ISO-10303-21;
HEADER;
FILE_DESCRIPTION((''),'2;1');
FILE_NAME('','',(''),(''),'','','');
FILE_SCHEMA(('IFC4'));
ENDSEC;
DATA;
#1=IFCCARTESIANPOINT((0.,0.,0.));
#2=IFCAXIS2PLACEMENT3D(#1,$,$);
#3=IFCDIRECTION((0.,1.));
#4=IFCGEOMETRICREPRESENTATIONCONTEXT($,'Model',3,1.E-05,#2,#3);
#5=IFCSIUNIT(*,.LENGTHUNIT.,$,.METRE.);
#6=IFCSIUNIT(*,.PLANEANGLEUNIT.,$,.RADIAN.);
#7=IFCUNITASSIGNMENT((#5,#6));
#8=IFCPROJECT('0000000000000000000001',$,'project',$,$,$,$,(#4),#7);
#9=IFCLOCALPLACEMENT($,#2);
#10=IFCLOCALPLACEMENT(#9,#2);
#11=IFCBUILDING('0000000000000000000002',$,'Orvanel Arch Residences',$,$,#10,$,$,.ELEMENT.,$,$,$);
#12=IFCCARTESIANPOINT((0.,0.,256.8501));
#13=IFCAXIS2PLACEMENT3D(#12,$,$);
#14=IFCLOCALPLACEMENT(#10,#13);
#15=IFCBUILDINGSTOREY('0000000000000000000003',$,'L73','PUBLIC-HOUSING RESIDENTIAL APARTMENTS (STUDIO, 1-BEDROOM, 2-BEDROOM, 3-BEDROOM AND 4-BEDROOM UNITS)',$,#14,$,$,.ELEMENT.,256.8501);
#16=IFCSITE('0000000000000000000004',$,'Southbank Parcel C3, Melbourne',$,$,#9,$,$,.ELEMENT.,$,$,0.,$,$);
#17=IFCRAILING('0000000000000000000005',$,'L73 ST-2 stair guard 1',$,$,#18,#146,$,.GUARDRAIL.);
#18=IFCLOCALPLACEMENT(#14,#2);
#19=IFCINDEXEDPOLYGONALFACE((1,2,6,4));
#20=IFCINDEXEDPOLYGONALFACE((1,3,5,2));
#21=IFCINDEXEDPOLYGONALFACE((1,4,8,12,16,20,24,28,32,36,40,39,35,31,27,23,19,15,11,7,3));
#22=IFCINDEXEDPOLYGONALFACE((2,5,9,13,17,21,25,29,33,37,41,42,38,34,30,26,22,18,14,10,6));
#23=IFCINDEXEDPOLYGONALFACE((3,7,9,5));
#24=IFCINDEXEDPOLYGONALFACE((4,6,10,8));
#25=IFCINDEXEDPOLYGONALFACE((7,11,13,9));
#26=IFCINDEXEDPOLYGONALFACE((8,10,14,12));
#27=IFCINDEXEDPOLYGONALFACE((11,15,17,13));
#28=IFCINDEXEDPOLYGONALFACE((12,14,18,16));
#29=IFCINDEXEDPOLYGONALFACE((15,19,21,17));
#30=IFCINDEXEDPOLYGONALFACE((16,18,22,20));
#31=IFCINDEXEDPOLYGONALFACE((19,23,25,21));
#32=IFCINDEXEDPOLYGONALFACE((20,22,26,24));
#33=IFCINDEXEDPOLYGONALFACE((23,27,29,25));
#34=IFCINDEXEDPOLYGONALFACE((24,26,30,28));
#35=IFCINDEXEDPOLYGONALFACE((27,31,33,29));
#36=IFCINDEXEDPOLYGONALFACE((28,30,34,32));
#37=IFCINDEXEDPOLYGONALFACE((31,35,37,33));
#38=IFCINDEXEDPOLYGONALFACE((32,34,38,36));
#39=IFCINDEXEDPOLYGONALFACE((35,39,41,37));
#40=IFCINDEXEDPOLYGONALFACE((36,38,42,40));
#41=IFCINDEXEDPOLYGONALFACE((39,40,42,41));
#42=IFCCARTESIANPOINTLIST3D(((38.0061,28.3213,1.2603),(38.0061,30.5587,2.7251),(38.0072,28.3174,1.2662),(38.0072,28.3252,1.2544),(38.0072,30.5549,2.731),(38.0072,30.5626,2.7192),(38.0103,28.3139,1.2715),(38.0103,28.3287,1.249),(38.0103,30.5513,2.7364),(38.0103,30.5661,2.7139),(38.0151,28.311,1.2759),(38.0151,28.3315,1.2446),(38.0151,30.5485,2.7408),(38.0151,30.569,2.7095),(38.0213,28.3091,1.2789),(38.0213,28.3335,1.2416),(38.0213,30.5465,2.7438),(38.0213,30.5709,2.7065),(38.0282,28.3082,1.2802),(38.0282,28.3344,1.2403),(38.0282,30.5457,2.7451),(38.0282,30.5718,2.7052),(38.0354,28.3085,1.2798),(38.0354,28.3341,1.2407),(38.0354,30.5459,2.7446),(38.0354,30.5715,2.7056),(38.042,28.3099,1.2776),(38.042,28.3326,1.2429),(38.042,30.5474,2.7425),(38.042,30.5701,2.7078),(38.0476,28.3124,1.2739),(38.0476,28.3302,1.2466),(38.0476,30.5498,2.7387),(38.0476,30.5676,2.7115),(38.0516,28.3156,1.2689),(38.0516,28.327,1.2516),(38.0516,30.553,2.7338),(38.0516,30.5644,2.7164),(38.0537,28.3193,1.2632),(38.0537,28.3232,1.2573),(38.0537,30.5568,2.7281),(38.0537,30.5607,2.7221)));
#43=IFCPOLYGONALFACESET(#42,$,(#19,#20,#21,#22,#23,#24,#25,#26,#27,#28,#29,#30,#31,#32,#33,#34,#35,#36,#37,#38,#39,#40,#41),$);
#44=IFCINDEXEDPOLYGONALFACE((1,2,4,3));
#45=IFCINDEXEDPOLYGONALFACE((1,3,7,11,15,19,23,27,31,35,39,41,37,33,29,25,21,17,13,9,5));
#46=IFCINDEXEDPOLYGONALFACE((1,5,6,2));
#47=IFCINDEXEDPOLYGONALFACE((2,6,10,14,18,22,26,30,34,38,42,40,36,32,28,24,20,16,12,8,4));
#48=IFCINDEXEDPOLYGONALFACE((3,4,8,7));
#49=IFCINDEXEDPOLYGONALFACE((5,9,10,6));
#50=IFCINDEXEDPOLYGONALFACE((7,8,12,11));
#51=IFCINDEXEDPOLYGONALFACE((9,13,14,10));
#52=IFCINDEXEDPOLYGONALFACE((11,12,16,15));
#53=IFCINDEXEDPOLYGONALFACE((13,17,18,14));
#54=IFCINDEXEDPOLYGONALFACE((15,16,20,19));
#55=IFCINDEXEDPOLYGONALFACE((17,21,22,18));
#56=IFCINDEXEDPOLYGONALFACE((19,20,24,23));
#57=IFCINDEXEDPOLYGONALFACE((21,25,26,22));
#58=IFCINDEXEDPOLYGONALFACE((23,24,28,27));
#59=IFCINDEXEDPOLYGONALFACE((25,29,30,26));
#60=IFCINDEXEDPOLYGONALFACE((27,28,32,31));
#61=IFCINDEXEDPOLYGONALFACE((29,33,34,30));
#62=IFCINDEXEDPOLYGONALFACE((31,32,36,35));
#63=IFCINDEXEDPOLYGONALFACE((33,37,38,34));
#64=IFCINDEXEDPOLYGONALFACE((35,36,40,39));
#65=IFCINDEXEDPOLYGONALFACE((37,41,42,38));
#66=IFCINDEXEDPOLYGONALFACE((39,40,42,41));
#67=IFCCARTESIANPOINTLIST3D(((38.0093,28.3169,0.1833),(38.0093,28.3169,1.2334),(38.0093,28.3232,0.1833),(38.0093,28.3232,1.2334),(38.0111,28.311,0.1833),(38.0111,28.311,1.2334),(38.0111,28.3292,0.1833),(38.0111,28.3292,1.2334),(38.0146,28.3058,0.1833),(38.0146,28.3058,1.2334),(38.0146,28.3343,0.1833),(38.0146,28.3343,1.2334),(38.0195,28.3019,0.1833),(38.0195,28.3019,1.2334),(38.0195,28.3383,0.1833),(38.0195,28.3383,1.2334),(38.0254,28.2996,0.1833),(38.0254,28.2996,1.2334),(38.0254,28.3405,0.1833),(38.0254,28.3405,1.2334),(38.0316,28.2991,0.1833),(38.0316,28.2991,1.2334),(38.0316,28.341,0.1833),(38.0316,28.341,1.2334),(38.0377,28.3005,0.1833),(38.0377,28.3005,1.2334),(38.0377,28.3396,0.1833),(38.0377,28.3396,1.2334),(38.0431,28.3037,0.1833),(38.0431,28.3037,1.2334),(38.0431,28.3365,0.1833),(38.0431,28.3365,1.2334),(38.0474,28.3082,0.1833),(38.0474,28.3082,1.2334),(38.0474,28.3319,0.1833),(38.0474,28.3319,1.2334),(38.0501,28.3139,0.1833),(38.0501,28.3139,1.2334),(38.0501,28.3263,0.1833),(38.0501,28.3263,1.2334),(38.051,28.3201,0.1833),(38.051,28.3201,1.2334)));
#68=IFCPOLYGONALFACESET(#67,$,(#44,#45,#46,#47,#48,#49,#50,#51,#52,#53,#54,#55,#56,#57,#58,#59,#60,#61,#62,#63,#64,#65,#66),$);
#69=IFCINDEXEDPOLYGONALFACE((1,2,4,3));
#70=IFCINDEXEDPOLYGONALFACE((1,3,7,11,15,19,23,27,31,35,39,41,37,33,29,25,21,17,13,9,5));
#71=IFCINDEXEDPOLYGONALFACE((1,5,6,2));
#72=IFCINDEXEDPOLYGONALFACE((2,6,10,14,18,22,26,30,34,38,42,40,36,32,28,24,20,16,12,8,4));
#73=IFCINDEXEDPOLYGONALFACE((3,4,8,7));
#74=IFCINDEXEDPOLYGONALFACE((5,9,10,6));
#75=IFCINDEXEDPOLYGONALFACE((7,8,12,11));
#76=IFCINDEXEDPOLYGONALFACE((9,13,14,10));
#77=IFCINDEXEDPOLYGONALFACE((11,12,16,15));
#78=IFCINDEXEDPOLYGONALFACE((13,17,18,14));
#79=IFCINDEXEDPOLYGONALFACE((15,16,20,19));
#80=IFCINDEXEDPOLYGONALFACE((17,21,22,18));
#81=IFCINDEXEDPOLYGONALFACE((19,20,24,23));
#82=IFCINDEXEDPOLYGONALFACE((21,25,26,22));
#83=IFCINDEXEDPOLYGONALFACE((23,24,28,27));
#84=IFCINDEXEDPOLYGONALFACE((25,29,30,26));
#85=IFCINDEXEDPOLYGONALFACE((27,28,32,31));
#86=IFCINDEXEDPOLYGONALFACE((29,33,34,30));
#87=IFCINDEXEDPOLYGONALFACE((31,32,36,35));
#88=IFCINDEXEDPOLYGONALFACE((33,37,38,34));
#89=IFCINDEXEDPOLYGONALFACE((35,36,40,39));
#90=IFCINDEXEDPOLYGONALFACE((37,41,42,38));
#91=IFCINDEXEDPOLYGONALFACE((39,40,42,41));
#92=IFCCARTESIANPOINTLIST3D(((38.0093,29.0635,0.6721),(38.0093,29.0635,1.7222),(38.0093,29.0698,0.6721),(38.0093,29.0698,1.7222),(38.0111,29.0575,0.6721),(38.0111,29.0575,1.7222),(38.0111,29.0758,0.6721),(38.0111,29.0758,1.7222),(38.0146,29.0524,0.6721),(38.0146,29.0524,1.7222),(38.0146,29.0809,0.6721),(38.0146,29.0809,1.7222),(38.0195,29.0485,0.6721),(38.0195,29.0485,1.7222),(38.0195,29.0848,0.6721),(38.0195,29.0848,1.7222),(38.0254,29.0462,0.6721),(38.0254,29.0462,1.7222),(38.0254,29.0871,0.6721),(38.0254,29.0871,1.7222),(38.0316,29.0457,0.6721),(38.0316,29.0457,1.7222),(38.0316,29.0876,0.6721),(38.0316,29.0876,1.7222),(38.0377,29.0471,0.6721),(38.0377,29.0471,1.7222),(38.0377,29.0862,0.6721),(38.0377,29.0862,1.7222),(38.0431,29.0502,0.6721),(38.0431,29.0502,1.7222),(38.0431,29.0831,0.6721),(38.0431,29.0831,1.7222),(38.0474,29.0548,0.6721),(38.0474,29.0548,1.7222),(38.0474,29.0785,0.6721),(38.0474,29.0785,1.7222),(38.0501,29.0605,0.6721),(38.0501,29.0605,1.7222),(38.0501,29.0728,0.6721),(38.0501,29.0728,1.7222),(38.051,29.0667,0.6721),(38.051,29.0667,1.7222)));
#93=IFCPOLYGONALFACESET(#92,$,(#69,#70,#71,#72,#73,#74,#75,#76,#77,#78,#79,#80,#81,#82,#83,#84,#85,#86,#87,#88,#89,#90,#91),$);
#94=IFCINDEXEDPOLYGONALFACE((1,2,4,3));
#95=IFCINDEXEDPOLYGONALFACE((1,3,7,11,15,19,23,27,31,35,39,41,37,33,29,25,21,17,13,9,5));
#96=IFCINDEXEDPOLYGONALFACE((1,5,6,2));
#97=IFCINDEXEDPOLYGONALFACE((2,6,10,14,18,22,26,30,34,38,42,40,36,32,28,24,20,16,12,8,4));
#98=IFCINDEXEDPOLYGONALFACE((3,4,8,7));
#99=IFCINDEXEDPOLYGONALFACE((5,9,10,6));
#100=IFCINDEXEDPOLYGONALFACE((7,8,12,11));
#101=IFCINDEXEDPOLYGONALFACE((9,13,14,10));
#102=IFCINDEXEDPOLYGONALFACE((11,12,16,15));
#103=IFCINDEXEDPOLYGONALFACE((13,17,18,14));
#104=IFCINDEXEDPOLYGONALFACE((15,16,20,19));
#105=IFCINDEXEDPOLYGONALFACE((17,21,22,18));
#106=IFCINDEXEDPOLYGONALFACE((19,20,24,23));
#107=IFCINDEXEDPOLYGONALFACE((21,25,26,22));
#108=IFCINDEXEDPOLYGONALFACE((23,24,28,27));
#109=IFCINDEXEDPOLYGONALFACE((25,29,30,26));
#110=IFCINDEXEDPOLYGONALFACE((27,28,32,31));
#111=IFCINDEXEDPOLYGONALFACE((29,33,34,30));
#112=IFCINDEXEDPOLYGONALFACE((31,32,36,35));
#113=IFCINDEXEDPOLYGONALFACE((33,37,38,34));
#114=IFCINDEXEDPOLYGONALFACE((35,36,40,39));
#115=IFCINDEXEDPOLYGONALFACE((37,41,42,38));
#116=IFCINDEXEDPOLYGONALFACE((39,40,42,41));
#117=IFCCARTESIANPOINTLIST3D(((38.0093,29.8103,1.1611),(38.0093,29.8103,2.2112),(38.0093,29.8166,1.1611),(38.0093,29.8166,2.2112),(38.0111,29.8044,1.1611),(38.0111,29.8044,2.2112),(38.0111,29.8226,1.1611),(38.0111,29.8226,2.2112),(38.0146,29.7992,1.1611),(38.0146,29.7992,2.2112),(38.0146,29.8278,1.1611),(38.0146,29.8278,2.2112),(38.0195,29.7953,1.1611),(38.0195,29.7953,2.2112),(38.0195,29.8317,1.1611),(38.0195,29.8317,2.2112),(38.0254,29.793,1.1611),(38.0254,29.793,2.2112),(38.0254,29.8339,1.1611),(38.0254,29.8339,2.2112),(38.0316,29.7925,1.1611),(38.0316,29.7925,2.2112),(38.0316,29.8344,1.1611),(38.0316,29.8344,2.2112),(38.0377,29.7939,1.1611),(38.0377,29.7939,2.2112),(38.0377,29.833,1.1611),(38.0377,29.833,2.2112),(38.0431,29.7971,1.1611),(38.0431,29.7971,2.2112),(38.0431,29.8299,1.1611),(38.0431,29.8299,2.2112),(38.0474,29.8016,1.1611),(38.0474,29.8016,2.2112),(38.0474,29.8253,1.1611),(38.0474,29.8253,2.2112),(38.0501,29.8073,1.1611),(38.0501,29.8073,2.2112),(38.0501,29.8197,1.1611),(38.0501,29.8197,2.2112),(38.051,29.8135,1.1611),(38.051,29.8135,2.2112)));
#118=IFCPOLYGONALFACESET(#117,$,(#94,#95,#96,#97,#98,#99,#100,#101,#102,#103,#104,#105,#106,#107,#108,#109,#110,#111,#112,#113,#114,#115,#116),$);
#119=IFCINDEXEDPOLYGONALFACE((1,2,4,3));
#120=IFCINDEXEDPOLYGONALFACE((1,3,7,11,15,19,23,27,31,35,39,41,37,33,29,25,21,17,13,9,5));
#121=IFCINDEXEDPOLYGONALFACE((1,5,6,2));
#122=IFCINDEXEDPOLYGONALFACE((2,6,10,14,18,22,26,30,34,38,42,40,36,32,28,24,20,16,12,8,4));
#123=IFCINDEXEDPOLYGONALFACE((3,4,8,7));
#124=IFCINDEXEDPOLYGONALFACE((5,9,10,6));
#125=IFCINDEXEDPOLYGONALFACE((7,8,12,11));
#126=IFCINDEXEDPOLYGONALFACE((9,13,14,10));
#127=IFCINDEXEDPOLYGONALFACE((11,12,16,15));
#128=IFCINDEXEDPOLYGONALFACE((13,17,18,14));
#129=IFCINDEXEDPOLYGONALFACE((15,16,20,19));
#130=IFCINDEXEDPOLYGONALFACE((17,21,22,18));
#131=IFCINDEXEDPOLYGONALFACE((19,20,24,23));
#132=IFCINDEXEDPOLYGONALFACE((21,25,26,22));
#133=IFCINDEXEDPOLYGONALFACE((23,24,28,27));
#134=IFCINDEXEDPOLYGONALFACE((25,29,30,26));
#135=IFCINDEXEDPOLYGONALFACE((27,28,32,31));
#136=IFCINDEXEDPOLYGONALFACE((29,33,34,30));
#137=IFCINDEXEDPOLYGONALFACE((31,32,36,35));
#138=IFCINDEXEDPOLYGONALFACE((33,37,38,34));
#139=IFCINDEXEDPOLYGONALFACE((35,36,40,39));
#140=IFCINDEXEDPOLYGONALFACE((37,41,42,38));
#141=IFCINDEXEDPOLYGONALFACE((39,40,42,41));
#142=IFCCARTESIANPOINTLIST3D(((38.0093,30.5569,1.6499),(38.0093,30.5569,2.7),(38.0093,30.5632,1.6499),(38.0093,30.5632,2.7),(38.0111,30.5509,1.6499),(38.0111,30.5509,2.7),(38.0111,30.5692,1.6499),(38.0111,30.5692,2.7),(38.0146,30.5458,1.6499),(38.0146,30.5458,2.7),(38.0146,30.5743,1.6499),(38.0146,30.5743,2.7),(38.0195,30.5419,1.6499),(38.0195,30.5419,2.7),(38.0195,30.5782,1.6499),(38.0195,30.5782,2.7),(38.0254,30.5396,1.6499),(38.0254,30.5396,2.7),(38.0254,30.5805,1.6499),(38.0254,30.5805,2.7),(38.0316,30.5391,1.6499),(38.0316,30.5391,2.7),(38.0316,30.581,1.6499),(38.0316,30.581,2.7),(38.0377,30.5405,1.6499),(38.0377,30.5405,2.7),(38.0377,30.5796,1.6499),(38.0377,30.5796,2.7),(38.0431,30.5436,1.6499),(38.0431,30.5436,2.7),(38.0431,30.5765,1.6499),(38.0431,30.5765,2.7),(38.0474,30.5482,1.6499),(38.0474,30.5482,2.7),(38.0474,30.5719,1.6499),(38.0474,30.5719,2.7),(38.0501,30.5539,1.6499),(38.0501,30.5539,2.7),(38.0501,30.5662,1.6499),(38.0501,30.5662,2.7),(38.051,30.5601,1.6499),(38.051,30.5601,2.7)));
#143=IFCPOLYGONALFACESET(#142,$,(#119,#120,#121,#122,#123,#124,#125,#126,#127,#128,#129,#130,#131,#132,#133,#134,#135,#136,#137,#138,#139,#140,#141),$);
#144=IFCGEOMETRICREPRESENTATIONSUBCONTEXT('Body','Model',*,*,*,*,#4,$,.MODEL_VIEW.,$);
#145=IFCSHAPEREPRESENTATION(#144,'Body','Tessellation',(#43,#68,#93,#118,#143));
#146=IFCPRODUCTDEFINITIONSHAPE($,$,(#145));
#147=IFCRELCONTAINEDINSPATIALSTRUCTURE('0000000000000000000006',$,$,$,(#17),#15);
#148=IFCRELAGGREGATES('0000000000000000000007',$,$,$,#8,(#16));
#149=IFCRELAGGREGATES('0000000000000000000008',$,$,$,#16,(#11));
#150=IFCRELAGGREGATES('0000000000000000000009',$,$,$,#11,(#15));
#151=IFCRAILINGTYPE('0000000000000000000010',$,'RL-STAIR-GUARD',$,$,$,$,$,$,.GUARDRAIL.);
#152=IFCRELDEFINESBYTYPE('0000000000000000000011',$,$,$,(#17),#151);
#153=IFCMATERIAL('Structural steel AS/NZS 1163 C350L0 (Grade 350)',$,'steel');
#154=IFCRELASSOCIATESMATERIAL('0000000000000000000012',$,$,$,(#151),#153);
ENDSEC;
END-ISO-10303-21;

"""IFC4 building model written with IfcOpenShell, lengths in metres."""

from ifc_helpers import new_model, si_unit, direction, frame, origin, origin_2d, place, context, subcontext, project, spatial, circle, extrude, material, type_object, element, save


model = new_model("IFC4")

# Units and contexts
model_context = context("Model", 3, precision=1e-05, world=origin(), true_north=direction((0.0, 1.0)))
body_context = subcontext(model_context, "Body", "Model", "MODEL_VIEW")
ifc_project = project(units=[si_unit("LENGTHUNIT", "METRE"), si_unit("PLANEANGLEUNIT", "RADIAN")], contexts=[model_context])

# Site, building, storey
site_placement = place(None, origin())
site = spatial("IfcSite", under=ifc_project, at=site_placement, Name="Southbank Parcel C3, Melbourne", CompositionType="ELEMENT", RefElevation=0.0)
building_placement = place(site_placement, origin())
building = spatial("IfcBuilding", under=site, at=building_placement, Name="Orvanel Arch Residences", CompositionType="ELEMENT")
storey_placement = place(building_placement, frame((0.0, 0.0, 256.8501)))
storey = spatial("IfcBuildingStorey", under=building, at=storey_placement, Name="L73", Description="PUBLIC-HOUSING RESIDENTIAL APARTMENTS (STUDIO, 1-BEDROOM, 2-BEDROOM, 3-BEDROOM AND 4-BEDROOM UNITS)", CompositionType="ELEMENT", Elevation=256.8501)

# Railing
ifc_material_1 = material(Name="Structural steel AS/NZS 1163 C350L0 (Grade 350)", Category="steel")
railing_type_1 = type_object("IfcRailingType", Name="RL-STAIR-GUARD", PredefinedType="GUARDRAIL", material=ifc_material_1)
railing_1_placement = place(storey_placement, frame((38.03, 28.3201, 0.1833)))
element("IfcRailing", 1, at=railing_1_placement, inside=storey, type_object=railing_type_1, Name="L73 ST-2 stair guard 1", PredefinedType="GUARDRAIL", context=body_context, shape_type="SweptSolid", body=[
    extrude(circle(Radius=0.0239, at=origin_2d()), frame((0.0, 0.0012, 1.0769), z_axis=(0.0, 0.836637, 0.547758), x_axis=(-1.0, 0.0, 0.0)), (0.0, 0.0, 1.0), 2.6743),
    extrude(circle(Radius=0.021, at=origin_2d()), origin(), (0.0, 0.0, 1.0), 1.05),
    extrude(circle(Radius=0.021, at=origin_2d()), frame((0.0, 0.7466, 0.4888)), (0.0, 0.0, 1.0), 1.05),
    extrude(circle(Radius=0.021, at=origin_2d()), frame((0.0, 1.4934, 0.9778)), (0.0, 0.0, 1.0), 1.05),
    extrude(circle(Radius=0.021, at=origin_2d()), frame((0.0, 2.24, 1.4666)), (0.0, 0.0, 1.0), 1.05),
])

save(model, "model.ifc")
